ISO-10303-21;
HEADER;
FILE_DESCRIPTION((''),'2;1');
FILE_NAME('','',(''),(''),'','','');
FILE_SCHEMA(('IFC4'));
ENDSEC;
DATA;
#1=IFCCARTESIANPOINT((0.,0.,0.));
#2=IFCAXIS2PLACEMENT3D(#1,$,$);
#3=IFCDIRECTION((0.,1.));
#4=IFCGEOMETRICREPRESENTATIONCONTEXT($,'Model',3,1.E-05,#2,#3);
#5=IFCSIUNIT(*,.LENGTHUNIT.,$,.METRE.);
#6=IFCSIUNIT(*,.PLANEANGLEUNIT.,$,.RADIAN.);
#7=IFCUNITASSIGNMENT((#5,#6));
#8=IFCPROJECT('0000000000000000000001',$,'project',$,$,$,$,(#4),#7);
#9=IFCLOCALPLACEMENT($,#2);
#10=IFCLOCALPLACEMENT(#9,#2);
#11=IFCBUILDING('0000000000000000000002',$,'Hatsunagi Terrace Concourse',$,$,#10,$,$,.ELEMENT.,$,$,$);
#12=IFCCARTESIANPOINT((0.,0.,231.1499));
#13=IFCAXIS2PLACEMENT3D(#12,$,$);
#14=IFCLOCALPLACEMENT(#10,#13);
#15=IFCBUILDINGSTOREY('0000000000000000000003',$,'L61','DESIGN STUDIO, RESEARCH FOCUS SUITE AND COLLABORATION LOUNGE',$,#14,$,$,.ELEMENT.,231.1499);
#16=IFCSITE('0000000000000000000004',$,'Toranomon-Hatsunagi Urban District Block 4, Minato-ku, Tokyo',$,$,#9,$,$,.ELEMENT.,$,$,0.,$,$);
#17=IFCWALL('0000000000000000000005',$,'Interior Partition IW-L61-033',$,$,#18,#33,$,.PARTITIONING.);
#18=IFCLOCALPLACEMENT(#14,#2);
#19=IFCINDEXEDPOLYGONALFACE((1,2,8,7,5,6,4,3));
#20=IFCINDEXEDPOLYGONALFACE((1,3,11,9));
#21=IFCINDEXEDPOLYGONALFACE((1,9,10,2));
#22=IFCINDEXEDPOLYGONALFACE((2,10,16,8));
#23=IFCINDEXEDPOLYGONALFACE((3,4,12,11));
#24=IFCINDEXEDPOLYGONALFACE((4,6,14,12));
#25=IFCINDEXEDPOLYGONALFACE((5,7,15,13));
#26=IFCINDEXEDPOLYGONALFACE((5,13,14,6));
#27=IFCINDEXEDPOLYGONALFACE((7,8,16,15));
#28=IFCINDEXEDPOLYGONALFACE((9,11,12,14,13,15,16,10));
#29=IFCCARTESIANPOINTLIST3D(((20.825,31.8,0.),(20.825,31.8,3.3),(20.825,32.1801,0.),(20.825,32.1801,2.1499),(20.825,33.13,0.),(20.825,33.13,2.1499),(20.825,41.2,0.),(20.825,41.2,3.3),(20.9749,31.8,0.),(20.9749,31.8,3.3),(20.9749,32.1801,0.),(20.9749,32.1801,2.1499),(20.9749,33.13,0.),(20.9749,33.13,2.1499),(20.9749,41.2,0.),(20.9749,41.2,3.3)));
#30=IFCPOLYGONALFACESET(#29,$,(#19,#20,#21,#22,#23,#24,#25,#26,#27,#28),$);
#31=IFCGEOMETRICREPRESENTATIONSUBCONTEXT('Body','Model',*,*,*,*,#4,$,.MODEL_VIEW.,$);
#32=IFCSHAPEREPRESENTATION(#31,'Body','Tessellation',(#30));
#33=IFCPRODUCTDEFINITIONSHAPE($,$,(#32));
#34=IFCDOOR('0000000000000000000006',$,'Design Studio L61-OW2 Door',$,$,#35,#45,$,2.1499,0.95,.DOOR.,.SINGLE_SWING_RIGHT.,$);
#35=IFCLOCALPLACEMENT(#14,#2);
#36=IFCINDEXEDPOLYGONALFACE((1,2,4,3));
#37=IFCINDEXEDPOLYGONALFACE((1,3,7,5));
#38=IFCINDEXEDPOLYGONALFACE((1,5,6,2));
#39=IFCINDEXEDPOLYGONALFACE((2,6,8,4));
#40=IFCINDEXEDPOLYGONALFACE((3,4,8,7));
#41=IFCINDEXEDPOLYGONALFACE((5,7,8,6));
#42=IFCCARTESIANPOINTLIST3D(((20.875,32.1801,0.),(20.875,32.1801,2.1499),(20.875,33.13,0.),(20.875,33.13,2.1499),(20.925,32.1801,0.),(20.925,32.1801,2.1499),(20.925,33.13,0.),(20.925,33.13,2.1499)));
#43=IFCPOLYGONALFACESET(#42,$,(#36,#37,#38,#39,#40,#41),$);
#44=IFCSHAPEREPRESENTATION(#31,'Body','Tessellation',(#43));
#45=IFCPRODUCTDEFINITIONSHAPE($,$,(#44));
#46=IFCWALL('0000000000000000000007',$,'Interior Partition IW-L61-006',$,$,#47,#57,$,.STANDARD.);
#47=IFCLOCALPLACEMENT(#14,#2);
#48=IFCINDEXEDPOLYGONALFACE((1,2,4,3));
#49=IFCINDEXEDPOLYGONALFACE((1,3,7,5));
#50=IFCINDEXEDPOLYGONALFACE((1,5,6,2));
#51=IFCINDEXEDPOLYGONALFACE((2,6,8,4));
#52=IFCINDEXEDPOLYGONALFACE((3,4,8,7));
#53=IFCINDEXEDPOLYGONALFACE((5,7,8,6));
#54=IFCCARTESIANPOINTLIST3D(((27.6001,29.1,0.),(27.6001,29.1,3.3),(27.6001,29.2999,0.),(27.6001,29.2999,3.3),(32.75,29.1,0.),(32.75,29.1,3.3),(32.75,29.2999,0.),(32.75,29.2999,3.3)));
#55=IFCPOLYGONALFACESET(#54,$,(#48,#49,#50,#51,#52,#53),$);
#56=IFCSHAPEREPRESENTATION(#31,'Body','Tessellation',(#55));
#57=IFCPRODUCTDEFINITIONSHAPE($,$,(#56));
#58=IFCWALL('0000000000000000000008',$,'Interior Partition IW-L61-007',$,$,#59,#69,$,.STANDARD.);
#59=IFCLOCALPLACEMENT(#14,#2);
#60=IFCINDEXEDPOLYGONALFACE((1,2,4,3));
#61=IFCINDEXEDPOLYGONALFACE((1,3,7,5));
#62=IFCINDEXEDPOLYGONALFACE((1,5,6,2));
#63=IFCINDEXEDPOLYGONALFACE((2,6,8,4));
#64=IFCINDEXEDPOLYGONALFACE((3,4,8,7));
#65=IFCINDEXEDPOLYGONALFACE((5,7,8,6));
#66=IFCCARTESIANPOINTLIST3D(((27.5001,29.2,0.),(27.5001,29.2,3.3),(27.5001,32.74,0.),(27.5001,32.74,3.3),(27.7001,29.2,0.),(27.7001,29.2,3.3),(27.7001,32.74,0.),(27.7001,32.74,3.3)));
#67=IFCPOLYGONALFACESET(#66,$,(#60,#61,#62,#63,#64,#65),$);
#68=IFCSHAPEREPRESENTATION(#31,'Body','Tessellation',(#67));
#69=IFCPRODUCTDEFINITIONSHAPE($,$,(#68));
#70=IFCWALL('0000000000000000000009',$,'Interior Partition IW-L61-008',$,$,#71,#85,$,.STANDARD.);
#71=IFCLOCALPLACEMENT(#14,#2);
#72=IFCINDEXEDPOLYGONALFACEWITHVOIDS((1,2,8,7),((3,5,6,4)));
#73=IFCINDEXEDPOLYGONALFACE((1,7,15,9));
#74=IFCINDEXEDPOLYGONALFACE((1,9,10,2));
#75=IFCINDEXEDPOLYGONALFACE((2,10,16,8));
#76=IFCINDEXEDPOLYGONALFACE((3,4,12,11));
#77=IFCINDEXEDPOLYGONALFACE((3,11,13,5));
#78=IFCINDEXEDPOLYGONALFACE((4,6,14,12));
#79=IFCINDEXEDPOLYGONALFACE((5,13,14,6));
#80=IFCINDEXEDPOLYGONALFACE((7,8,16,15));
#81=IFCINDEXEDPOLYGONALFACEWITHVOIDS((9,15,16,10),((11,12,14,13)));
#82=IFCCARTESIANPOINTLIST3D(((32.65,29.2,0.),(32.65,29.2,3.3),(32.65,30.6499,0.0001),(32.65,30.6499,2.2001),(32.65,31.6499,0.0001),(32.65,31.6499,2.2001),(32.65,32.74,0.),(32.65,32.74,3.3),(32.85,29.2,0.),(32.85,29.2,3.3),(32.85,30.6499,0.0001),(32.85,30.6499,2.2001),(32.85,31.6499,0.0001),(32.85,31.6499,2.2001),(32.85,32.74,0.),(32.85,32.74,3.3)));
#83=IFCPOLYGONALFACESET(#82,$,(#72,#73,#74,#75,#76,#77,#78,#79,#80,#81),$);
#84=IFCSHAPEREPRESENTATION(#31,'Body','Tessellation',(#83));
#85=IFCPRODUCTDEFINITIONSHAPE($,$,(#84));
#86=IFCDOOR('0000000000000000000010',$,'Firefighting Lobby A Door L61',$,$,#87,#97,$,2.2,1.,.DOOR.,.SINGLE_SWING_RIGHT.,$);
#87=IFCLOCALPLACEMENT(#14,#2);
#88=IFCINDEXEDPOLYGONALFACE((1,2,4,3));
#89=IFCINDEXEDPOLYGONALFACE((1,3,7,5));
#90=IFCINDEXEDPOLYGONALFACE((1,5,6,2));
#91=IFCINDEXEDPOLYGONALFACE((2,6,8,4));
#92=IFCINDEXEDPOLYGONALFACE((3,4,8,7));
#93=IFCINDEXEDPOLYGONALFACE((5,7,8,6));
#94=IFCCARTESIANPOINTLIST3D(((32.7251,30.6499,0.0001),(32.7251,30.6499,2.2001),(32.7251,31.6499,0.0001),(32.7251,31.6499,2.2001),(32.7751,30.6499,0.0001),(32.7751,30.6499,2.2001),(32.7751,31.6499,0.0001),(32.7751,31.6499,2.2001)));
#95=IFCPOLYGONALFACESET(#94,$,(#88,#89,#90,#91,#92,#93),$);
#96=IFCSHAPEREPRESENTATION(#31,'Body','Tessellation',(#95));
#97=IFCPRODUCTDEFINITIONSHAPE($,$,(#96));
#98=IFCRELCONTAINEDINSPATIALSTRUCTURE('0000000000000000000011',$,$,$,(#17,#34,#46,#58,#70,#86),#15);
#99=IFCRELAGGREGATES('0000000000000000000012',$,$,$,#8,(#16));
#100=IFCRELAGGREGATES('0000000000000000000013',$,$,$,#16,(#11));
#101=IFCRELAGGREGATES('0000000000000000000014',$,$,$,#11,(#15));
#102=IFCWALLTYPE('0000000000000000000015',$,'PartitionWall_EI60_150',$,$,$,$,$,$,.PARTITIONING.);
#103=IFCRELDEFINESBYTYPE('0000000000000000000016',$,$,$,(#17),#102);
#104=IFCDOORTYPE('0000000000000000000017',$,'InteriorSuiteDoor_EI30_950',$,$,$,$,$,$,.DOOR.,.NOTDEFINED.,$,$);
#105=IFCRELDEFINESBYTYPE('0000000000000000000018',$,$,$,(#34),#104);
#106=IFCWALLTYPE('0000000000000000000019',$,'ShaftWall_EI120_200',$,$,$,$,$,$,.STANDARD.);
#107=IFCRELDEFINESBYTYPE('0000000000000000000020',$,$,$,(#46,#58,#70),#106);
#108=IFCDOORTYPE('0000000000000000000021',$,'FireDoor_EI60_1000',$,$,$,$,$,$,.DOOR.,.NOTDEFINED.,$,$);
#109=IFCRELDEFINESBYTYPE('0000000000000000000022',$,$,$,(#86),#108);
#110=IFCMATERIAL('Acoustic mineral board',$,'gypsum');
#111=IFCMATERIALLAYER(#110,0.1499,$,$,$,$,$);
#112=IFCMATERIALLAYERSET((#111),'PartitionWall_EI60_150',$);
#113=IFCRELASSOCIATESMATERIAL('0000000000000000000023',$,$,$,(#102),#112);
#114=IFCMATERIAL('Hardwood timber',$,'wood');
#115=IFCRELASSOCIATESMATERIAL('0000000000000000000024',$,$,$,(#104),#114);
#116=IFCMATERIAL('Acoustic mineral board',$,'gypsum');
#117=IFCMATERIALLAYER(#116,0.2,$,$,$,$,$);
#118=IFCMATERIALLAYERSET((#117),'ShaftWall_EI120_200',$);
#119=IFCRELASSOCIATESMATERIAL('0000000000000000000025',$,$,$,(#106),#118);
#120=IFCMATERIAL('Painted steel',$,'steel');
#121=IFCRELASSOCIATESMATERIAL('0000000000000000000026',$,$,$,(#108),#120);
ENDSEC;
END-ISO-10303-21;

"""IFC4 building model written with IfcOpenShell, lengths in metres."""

from ifc_helpers import new_model, si_unit, direction, frame, frame_2d, origin, place, context, subcontext, project, spatial, rectangle, extrude, material, layer, layer_set, type_object, element, fill, save


model = new_model("IFC4")

# Units and contexts
model_context = context("Model", 3, precision=1e-05, world=origin(), true_north=direction((0.0, 1.0)))
body_context = subcontext(model_context, "Body", "Model", "MODEL_VIEW")
ifc_project = project(units=[si_unit("LENGTHUNIT", "METRE"), si_unit("PLANEANGLEUNIT", "RADIAN")], contexts=[model_context])

# Site, building, storey
site_placement = place(None, origin())
site = spatial("IfcSite", under=ifc_project, at=site_placement, Name="Toranomon-Hatsunagi Urban District Block 4, Minato-ku, Tokyo", CompositionType="ELEMENT", RefElevation=0.0)
building_placement = place(site_placement, origin())
building = spatial("IfcBuilding", under=site, at=building_placement, Name="Hatsunagi Terrace Concourse", CompositionType="ELEMENT")
storey_placement = place(building_placement, frame((0.0, 0.0, 231.1499)))
storey = spatial("IfcBuildingStorey", under=building, at=storey_placement, Name="L61", Description="DESIGN STUDIO, RESEARCH FOCUS SUITE AND COLLABORATION LOUNGE", CompositionType="ELEMENT", Elevation=231.1499)

# Shared definitions
ifc_material_1 = material(Name="Acoustic mineral board", Category="gypsum")
ifc_layer_1 = layer(ifc_material_1, 0.1499)
ifc_layer_set_1 = layer_set([ifc_layer_1], Name="PartitionWall_EI60_150")
wall_type_1 = type_object("IfcWallType", Name="PartitionWall_EI60_150", PredefinedType="PARTITIONING", material=ifc_layer_set_1)

# Wall, opening, door
wall_1_placement = place(storey_placement, frame((20.8999, 31.8, 0.0), z_axis=(0.0, 0.0, 1.0), x_axis=(0.0, 1.0, 0.0)))
wall_1 = element("IfcWall", 1, at=wall_1_placement, inside=storey, type_object=wall_type_1, Name="Interior Partition IW-L61-033", PredefinedType="PARTITIONING", context=body_context, shape_type="SweptSolid", body=[
    extrude(rectangle(XDim=9.3999, YDim=0.1499, at=frame_2d((4.7, 0.0))), origin(), (0.0, 0.0, 1.0), 3.3),
])
opening_1_placement = place(wall_1_placement, frame((0.3799, 0.0, 0.0)))
opening_1 = element("IfcOpeningElement", 2, at=opening_1_placement, cuts=wall_1, PredefinedType="OPENING", context=body_context, shape_type="SweptSolid", body=[
    extrude(rectangle(XDim=0.95, YDim=2.1499, at=frame_2d((0.4751, 1.075))), frame((0.0, 0.085, 0.0), z_axis=(0.0, -1.0, 0.0), x_axis=(1.0, 0.0, 0.0)), (0.0, 0.0, 1.0), 0.1699),
])
ifc_material_2 = material(Name="Hardwood timber", Category="wood")
door_type_1 = type_object("IfcDoorType", Name="InteriorSuiteDoor_EI30_950", OperationType="NOTDEFINED", PredefinedType="DOOR", material=ifc_material_2)
door_1_placement = place(opening_1_placement, origin())
door_1 = element("IfcDoor", 3, at=door_1_placement, inside=storey, type_object=door_type_1, Name="Design Studio L61-OW2 Door", OperationType="SINGLE_SWING_RIGHT", OverallHeight=2.1499, OverallWidth=0.95, PredefinedType="DOOR", context=body_context, shape_type="SweptSolid", body=[
    extrude(rectangle(XDim=0.95, YDim=2.1499, at=frame_2d((0.4751, 1.075))), frame((0.0, 0.0249, 0.0), z_axis=(0.0, -1.0, 0.0), x_axis=(1.0, 0.0, 0.0)), (0.0, 0.0, 1.0), 0.05),
])
fill(opening_1, door_1)

# Walls
ifc_material_3 = material(Name="Acoustic mineral board", Category="gypsum")
ifc_layer_2 = layer(ifc_material_3, 0.2)
ifc_layer_set_2 = layer_set([ifc_layer_2], Name="ShaftWall_EI120_200")
wall_type_2 = type_object("IfcWallType", Name="ShaftWall_EI120_200", PredefinedType="STANDARD", material=ifc_layer_set_2)
wall_2_placement = place(storey_placement, frame((27.6001, 29.2, 0.0), z_axis=(0.0, 0.0, 1.0), x_axis=(1.0, 0.0, 0.0)))
element("IfcWall", 4, at=wall_2_placement, inside=storey, type_object=wall_type_2, Name="Interior Partition IW-L61-006", PredefinedType="STANDARD", context=body_context, shape_type="SweptSolid", body=[
    extrude(rectangle(XDim=5.1499, YDim=0.2, at=frame_2d((2.575, 0.0))), origin(), (0.0, 0.0, 1.0), 3.3),
])
wall_3_placement = place(storey_placement, frame((27.6001, 29.2, 0.0), z_axis=(0.0, 0.0, 1.0), x_axis=(0.0, 1.0, 0.0)))
element("IfcWall", 5, at=wall_3_placement, inside=storey, type_object=wall_type_2, Name="Interior Partition IW-L61-007", PredefinedType="STANDARD", context=body_context, shape_type="SweptSolid", body=[
    extrude(rectangle(XDim=3.54, YDim=0.2, at=frame_2d((1.77, 0.0))), origin(), (0.0, 0.0, 1.0), 3.3),
])

# Wall, opening, door
wall_4_placement = place(storey_placement, frame((32.75, 29.2, 0.0), z_axis=(0.0, 0.0, 1.0), x_axis=(0.0, 1.0, 0.0)))
wall_4 = element("IfcWall", 6, at=wall_4_placement, inside=storey, type_object=wall_type_2, Name="Interior Partition IW-L61-008", PredefinedType="STANDARD", context=body_context, shape_type="SweptSolid", body=[
    extrude(rectangle(XDim=3.54, YDim=0.2, at=frame_2d((1.77, 0.0))), origin(), (0.0, 0.0, 1.0), 3.3),
])
opening_2_placement = place(wall_4_placement, frame((1.45, 0.0, 0.0)))
opening_2 = element("IfcOpeningElement", 7, at=opening_2_placement, cuts=wall_4, PredefinedType="OPENING", context=body_context, shape_type="SweptSolid", body=[
    extrude(rectangle(XDim=1.0, YDim=2.2, at=frame_2d((0.5, 1.1001))), frame((0.0, 0.1099, 0.0), z_axis=(0.0, -1.0, 0.0), x_axis=(1.0, 0.0, 0.0)), (0.0, 0.0, 1.0), 0.22),
])
ifc_material_4 = material(Name="Painted steel", Category="steel")
door_type_2 = type_object("IfcDoorType", Name="FireDoor_EI60_1000", OperationType="NOTDEFINED", PredefinedType="DOOR", material=ifc_material_4)
door_2_placement = place(opening_2_placement, origin())
door_2 = element("IfcDoor", 8, at=door_2_placement, inside=storey, type_object=door_type_2, Name="Firefighting Lobby A Door L61", OperationType="SINGLE_SWING_RIGHT", OverallHeight=2.2, OverallWidth=1.0, PredefinedType="DOOR", context=body_context, shape_type="SweptSolid", body=[
    extrude(rectangle(XDim=1.0, YDim=2.2, at=frame_2d((0.5, 1.1001))), frame((0.0, 0.0249, 0.0), z_axis=(0.0, -1.0, 0.0), x_axis=(1.0, 0.0, 0.0)), (0.0, 0.0, 1.0), 0.05),
])
fill(opening_2, door_2)

save(model, "model.ifc")
